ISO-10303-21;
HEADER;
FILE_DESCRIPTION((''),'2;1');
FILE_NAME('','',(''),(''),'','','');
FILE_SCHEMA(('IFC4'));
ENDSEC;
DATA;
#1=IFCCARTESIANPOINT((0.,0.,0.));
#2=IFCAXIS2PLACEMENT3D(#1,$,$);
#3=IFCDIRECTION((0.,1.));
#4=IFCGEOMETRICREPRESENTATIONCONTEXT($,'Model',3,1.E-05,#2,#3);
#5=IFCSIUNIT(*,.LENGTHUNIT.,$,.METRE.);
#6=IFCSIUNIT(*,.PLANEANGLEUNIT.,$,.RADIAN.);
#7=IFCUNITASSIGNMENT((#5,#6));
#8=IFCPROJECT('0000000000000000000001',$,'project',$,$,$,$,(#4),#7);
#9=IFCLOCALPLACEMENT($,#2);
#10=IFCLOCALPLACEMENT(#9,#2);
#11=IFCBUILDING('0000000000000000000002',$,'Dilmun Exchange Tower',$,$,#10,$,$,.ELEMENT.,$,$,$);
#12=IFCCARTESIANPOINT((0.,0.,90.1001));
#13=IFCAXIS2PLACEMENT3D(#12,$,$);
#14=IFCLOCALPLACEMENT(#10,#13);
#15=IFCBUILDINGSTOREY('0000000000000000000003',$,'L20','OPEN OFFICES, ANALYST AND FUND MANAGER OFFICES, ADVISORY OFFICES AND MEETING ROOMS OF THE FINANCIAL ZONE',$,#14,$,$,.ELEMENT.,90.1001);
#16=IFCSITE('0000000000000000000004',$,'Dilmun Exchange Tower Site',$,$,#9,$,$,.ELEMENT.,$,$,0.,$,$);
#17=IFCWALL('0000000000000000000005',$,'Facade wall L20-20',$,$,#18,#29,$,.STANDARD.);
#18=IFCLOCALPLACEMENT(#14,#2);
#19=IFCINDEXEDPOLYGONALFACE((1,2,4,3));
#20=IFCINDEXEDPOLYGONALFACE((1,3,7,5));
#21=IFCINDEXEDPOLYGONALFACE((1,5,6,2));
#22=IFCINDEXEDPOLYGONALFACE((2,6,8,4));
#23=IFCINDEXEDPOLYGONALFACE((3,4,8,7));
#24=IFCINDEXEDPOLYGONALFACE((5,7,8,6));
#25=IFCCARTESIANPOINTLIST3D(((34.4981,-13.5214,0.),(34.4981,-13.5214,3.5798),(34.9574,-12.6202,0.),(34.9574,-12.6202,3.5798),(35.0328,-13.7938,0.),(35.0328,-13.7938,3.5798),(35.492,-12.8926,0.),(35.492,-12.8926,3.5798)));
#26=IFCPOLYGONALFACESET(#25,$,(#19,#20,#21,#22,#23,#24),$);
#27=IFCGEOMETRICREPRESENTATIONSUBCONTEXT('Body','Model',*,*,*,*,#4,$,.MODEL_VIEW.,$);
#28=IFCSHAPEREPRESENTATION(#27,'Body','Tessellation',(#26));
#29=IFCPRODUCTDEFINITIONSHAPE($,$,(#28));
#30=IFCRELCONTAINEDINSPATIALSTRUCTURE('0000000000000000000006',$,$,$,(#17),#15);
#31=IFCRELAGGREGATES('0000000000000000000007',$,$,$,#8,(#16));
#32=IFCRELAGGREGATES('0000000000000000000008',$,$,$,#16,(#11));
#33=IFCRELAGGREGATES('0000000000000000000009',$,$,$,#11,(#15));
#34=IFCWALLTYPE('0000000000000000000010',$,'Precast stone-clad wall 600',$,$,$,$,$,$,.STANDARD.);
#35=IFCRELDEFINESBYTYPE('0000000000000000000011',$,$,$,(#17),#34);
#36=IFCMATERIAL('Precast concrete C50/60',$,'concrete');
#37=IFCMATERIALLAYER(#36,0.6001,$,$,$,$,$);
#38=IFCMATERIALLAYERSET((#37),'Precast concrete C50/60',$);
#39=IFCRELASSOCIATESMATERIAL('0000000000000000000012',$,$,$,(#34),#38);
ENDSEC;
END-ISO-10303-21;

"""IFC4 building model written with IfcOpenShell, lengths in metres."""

from ifc_helpers import new_model, si_unit, direction, frame, frame_2d, origin, place, context, subcontext, project, spatial, rectangle, extrude, material, layer, layer_set, type_object, element, save


model = new_model("IFC4")

# Units and contexts
model_context = context("Model", 3, precision=1e-05, world=origin(), true_north=direction((0.0, 1.0)))
body_context = subcontext(model_context, "Body", "Model", "MODEL_VIEW")
ifc_project = project(units=[si_unit("LENGTHUNIT", "METRE"), si_unit("PLANEANGLEUNIT", "RADIAN")], contexts=[model_context])

# Site, building, storey
site_placement = place(None, origin())
site = spatial("IfcSite", under=ifc_project, at=site_placement, Name="Dilmun Exchange Tower Site", CompositionType="ELEMENT", RefElevation=0.0)
building_placement = place(site_placement, origin())
building = spatial("IfcBuilding", under=site, at=building_placement, Name="Dilmun Exchange Tower", CompositionType="ELEMENT")
storey_placement = place(building_placement, frame((0.0, 0.0, 90.1001)))
storey = spatial("IfcBuildingStorey", under=building, at=storey_placement, Name="L20", Description="OPEN OFFICES, ANALYST AND FUND MANAGER OFFICES, ADVISORY OFFICES AND MEETING ROOMS OF THE FINANCIAL ZONE", CompositionType="ELEMENT", Elevation=90.1001)

# Shared definitions
ifc_material_1 = material(Name="Precast concrete C50/60", Category="concrete")
ifc_layer_1 = layer(ifc_material_1, 0.6001)
ifc_layer_set_1 = layer_set([ifc_layer_1], Name="Precast concrete C50/60")
wall_type_1 = type_object("IfcWallType", Name="Precast stone-clad wall 600", PredefinedType="STANDARD", material=ifc_layer_set_1)

# Wall
wall_1_placement = place(storey_placement, frame((34.7654, -13.6577, 0.0), z_axis=(0.0, 0.0, 1.0), x_axis=(0.454056, 0.890973, 0.0)))
element("IfcWall", 1, at=wall_1_placement, inside=storey, type_object=wall_type_1, Name="Facade wall L20-20", PredefinedType="STANDARD", context=body_context, shape_type="SweptSolid", body=[
    extrude(rectangle(XDim=1.0115, YDim=0.6001, at=frame_2d((0.5059, 0.0))), origin(), (0.0, 0.0, 1.0), 3.5798),
])

save(model, "model.ifc")
